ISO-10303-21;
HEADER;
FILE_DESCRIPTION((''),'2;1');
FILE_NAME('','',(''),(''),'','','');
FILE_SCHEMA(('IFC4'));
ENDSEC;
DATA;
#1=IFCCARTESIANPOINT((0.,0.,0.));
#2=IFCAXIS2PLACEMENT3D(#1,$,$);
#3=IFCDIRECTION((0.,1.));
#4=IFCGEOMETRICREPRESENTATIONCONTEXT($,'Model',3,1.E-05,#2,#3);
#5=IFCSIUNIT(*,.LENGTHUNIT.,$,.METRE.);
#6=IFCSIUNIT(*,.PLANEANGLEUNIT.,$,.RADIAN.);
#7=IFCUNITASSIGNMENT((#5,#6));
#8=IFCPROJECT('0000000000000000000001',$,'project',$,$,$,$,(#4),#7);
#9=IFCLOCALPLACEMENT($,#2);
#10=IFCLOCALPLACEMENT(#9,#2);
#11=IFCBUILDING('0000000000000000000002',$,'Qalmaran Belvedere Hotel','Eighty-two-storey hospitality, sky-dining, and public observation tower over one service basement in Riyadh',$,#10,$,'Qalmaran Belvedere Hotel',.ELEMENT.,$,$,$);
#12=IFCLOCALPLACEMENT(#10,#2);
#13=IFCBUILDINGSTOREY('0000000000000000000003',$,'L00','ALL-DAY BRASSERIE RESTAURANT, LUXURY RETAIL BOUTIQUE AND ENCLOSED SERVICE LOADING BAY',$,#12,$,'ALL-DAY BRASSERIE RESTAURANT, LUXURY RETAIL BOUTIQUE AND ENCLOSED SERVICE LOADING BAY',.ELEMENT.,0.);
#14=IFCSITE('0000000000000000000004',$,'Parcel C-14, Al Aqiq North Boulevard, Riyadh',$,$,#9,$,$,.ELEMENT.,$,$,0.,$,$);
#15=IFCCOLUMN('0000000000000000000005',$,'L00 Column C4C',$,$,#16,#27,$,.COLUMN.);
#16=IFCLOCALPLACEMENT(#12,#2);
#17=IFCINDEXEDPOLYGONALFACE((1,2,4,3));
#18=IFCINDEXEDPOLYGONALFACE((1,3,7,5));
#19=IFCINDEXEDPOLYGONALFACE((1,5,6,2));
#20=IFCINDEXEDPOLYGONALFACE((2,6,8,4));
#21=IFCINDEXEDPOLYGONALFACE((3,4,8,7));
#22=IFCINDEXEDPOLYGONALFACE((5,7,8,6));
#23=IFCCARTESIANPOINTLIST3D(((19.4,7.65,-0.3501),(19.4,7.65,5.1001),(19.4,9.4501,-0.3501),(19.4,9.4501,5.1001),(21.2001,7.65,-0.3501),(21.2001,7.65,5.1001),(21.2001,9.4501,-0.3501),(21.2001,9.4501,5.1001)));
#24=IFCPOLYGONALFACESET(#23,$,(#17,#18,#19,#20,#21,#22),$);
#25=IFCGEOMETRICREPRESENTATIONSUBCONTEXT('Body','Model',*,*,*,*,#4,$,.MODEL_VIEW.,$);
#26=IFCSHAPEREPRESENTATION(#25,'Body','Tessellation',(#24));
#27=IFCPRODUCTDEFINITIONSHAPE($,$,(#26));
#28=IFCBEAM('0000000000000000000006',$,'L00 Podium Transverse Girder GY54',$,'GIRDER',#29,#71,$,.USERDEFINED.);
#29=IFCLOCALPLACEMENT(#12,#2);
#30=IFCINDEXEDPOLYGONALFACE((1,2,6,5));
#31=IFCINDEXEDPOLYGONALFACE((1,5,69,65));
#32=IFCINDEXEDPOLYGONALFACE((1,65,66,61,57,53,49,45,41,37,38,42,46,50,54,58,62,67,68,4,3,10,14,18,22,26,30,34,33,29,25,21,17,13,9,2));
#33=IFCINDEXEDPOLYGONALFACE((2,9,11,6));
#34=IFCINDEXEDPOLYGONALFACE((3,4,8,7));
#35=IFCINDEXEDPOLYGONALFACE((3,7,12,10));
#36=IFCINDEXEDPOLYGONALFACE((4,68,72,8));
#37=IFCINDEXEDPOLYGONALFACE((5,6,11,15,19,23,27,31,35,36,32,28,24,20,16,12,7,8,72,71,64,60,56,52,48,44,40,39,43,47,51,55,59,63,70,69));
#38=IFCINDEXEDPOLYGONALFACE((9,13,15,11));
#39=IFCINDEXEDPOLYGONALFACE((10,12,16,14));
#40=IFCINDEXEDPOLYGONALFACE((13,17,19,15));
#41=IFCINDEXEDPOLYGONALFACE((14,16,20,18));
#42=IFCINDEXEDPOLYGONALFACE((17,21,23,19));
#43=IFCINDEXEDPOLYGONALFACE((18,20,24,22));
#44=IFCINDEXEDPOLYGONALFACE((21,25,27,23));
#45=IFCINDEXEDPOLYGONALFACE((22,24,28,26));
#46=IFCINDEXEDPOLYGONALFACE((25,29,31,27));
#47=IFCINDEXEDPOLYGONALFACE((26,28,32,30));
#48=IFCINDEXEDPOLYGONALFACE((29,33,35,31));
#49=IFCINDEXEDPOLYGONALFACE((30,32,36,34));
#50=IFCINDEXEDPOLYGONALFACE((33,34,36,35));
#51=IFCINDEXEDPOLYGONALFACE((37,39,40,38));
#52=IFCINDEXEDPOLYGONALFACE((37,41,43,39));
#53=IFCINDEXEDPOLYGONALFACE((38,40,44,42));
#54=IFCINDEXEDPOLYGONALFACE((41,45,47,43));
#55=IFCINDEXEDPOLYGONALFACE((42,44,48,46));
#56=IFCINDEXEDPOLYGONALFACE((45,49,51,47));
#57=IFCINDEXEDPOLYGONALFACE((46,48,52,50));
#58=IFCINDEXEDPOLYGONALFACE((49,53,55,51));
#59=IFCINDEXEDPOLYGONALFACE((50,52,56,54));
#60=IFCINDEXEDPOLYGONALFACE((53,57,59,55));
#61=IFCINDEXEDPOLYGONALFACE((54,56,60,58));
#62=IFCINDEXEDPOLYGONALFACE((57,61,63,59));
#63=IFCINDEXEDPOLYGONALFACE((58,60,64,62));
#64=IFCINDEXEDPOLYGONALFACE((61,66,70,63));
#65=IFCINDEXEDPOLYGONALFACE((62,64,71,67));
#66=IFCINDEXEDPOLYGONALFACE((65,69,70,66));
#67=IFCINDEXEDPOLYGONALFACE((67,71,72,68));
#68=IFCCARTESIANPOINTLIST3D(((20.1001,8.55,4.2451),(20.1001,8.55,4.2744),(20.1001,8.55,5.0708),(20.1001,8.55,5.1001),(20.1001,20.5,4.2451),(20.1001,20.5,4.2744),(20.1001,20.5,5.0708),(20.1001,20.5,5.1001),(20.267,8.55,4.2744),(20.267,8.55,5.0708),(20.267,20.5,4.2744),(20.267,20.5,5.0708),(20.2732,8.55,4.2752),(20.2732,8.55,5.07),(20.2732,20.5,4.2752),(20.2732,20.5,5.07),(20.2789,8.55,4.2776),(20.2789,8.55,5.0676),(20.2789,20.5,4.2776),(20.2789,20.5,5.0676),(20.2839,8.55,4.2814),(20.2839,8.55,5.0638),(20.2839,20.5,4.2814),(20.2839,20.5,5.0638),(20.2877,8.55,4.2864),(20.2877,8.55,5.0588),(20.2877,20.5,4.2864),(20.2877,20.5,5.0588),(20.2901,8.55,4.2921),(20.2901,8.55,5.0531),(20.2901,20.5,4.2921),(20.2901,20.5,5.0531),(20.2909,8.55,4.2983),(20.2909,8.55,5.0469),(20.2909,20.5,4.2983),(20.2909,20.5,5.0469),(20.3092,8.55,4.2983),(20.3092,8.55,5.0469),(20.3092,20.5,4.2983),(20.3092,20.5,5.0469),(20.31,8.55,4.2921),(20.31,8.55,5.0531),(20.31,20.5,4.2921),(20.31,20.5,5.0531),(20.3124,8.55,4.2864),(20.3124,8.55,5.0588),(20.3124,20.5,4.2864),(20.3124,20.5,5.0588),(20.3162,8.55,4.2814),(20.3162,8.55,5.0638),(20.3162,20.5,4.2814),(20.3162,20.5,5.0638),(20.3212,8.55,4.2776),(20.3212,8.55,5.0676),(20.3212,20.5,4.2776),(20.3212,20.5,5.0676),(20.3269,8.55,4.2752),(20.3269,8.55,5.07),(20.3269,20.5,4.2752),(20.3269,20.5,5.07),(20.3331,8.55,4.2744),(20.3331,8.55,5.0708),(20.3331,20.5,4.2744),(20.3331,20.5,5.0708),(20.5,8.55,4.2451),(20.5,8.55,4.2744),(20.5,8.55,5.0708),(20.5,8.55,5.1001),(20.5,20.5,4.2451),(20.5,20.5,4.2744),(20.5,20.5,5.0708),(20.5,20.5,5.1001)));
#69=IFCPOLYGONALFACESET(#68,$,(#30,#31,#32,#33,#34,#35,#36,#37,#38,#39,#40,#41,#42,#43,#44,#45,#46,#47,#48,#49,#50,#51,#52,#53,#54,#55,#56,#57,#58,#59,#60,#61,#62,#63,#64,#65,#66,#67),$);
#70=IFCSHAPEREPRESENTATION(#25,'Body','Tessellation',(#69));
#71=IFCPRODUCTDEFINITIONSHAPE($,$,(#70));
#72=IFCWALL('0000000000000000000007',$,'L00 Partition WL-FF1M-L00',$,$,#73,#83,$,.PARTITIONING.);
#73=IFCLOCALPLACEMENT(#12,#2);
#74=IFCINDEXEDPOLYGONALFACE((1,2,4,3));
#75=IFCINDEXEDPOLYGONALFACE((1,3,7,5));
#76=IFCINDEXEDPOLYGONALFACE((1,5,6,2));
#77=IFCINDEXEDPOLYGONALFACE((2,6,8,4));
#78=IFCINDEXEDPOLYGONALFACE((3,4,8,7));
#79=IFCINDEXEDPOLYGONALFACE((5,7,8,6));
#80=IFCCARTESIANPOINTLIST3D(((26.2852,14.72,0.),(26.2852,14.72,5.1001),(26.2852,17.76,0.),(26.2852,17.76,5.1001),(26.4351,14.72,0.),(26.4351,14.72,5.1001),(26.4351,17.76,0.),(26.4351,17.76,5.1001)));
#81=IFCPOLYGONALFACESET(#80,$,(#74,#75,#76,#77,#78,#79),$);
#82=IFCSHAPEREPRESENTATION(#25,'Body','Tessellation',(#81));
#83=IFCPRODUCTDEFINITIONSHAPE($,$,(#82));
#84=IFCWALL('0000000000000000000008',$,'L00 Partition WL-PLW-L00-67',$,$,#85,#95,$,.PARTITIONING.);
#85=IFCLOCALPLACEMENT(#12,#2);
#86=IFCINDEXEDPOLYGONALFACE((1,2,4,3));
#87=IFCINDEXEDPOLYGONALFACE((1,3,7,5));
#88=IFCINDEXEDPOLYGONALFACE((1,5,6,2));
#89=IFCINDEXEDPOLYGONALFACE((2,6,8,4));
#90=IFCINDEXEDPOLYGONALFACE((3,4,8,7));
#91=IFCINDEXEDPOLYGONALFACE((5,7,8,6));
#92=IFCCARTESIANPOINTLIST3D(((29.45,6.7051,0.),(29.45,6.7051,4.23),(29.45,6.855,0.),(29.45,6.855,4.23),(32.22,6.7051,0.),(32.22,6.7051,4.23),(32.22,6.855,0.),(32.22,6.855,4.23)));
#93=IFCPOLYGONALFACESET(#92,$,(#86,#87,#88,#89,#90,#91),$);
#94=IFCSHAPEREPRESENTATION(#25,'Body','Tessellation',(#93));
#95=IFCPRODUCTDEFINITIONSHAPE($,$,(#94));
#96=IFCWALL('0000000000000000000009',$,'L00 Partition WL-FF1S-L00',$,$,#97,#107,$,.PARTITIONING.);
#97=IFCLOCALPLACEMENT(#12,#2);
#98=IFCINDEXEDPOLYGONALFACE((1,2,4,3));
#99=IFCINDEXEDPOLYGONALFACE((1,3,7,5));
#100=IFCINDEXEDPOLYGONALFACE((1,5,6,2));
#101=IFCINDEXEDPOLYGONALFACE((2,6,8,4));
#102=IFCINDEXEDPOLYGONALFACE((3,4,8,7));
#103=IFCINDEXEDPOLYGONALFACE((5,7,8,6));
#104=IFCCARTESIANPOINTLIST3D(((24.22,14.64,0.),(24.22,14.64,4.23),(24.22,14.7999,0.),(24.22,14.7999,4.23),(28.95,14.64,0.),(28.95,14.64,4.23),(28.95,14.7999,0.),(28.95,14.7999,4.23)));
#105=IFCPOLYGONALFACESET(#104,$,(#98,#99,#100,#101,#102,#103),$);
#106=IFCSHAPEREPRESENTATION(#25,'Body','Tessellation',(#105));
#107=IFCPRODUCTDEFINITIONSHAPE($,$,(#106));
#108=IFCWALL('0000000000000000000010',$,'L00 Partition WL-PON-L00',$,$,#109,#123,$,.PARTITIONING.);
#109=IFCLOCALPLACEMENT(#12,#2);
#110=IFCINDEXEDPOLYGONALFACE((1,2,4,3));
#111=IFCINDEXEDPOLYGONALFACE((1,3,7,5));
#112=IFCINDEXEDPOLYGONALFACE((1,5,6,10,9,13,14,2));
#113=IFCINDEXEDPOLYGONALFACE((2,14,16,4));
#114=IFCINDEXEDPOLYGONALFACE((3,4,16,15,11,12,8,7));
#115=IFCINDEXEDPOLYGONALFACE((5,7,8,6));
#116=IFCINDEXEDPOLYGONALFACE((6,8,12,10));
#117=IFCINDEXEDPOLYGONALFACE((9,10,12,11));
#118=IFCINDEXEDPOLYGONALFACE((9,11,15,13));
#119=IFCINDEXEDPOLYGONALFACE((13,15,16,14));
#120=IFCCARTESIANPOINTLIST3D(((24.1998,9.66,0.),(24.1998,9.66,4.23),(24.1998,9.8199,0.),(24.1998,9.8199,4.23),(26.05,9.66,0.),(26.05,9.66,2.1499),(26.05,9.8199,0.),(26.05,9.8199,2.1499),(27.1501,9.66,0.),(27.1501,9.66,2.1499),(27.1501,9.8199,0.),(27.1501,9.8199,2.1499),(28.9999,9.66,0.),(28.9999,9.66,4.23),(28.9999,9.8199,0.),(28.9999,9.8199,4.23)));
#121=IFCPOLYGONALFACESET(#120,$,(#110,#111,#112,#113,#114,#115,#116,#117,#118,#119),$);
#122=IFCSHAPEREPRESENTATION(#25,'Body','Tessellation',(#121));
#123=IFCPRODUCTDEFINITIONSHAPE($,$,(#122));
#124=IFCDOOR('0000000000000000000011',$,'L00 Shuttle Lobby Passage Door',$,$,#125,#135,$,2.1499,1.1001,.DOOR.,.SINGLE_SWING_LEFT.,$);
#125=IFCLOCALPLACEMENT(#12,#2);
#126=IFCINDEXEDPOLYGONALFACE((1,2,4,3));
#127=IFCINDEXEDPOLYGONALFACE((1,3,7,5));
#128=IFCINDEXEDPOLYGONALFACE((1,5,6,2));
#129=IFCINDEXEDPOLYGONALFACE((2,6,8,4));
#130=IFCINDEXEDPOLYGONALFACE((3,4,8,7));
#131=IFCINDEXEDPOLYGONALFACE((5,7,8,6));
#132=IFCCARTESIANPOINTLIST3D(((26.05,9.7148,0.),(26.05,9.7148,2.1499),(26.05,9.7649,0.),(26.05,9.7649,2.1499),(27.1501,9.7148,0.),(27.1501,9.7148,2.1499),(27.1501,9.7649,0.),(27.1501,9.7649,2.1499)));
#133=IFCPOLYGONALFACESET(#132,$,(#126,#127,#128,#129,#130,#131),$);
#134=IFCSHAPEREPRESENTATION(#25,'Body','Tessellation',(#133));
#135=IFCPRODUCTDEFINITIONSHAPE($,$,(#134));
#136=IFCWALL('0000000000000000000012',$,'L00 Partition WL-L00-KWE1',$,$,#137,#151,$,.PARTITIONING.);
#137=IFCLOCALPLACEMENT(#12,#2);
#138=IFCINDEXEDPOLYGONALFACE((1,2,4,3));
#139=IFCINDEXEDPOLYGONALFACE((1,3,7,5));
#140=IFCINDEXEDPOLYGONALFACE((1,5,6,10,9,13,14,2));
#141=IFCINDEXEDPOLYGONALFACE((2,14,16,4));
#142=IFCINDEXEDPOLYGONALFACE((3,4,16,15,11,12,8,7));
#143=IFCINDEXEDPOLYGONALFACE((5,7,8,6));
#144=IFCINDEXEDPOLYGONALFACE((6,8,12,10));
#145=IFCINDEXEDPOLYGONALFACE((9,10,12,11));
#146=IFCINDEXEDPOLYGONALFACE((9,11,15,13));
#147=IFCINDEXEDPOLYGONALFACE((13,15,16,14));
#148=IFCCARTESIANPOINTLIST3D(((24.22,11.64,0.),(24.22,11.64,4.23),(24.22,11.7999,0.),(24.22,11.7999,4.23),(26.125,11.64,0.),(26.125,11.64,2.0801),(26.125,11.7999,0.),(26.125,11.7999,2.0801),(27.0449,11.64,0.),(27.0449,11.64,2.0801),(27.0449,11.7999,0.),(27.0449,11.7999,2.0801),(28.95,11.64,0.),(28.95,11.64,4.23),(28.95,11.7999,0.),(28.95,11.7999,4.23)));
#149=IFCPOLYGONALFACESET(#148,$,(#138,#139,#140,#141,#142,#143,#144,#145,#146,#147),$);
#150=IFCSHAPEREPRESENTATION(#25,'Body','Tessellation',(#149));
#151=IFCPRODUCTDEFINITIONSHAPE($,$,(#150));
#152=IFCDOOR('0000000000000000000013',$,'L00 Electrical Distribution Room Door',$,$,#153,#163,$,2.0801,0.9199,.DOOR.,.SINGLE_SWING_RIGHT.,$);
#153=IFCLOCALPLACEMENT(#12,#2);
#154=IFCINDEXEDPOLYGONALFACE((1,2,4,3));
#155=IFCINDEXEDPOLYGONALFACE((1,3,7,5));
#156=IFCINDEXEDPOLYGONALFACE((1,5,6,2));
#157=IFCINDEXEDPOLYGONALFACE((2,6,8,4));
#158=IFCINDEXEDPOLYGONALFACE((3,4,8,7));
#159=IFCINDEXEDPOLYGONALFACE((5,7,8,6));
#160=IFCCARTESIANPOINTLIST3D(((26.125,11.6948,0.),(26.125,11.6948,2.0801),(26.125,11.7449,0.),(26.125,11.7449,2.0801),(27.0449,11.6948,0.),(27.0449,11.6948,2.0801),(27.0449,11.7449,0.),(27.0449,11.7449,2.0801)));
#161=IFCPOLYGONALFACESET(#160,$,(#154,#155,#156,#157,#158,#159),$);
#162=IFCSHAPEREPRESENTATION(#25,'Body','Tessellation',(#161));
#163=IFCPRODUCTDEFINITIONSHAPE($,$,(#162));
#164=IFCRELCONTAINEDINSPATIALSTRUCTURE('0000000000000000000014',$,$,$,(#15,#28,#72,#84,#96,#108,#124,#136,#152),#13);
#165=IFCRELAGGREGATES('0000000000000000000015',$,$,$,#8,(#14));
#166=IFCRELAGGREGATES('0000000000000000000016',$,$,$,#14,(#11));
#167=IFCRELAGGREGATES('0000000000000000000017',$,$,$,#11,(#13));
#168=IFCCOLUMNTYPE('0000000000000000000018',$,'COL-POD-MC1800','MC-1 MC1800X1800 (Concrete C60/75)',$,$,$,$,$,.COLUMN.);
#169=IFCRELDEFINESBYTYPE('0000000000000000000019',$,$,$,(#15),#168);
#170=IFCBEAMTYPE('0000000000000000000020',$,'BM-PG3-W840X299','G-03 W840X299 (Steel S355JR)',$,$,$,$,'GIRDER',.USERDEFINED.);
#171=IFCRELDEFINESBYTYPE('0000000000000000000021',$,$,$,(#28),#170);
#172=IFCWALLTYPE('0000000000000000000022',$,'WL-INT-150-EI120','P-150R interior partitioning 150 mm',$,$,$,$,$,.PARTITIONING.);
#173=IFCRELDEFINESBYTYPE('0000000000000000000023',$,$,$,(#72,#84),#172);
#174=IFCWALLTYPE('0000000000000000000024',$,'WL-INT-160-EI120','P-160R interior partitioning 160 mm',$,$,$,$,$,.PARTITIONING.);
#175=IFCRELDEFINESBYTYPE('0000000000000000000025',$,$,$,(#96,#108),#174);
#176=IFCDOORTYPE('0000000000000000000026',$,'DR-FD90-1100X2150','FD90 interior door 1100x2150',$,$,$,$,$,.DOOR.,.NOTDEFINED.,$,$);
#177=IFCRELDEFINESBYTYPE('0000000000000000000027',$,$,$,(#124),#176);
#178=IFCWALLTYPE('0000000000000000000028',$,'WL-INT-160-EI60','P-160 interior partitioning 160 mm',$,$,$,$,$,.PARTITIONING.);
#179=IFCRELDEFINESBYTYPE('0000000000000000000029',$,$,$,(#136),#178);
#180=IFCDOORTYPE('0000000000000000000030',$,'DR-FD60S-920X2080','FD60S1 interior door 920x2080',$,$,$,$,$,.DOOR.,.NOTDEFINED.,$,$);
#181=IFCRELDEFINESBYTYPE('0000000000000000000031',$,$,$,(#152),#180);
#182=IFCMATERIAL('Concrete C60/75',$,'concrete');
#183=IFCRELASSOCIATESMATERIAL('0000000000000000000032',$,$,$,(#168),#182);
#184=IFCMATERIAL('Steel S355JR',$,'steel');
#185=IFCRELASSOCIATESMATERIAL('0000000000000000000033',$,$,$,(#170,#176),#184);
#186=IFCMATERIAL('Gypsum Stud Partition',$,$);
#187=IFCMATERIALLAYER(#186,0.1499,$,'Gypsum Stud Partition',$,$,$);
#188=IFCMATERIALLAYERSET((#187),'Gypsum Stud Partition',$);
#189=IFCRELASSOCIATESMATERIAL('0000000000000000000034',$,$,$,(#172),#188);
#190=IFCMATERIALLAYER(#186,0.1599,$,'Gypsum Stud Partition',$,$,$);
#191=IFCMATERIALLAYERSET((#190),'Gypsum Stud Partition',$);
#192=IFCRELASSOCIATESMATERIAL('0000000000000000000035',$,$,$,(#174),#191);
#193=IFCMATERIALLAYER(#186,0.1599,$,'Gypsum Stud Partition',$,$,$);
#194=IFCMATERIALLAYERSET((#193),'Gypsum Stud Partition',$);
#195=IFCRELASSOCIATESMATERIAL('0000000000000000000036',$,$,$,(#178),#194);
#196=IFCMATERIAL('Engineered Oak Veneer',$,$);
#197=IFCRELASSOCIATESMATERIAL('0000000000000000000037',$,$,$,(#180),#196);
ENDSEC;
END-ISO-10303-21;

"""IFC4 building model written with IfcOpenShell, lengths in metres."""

from ifc_helpers import new_model, si_unit, direction, frame, frame_2d, origin, origin_2d, place, context, subcontext, project, spatial, rectangle, i_section, extrude, material, layer, layer_set, material_profile, profile_set, type_object, element, fill, save


model = new_model("IFC4")

# Units and contexts
model_context = context("Model", 3, precision=1e-05, world=origin(), true_north=direction((0.0, 1.0)))
body_context = subcontext(model_context, "Body", "Model", "MODEL_VIEW")
ifc_project = project(units=[si_unit("LENGTHUNIT", "METRE"), si_unit("PLANEANGLEUNIT", "RADIAN")], contexts=[model_context])

# Site, building, storey
site_placement = place(None, origin())
site = spatial("IfcSite", under=ifc_project, at=site_placement, Name="Parcel C-14, Al Aqiq North Boulevard, Riyadh", CompositionType="ELEMENT", RefElevation=0.0)
building_placement = place(site_placement, origin())
building = spatial("IfcBuilding", under=site, at=building_placement, Name="Qalmaran Belvedere Hotel", Description="Eighty-two-storey hospitality, sky-dining, and public observation tower over one service basement in Riyadh", LongName="Qalmaran Belvedere Hotel", CompositionType="ELEMENT")
storey_placement = place(building_placement, origin())
storey = spatial("IfcBuildingStorey", under=building, at=storey_placement, Name="L00", Description="ALL-DAY BRASSERIE RESTAURANT, LUXURY RETAIL BOUTIQUE AND ENCLOSED SERVICE LOADING BAY", LongName="ALL-DAY BRASSERIE RESTAURANT, LUXURY RETAIL BOUTIQUE AND ENCLOSED SERVICE LOADING BAY", CompositionType="ELEMENT", Elevation=0.0)

# Column
ifc_material_1 = material(Name="Concrete C60/75", Category="concrete")
ifc_material_profile_1 = material_profile(ifc_material_1, rectangle(XDim=1.8, YDim=1.8, at=origin_2d()), Name="MC1800X1800")
ifc_profile_set_1 = profile_set([ifc_material_profile_1], Name="Concrete C60/75")
column_type = type_object("IfcColumnType", Name="COL-POD-MC1800", Description="MC-1 MC1800X1800 (Concrete C60/75)", PredefinedType="COLUMN", material=ifc_profile_set_1)
column_placement = place(storey_placement, frame((20.3, 8.55, -0.3501), z_axis=(0.0, 0.0, 1.0), x_axis=(1.0, 0.0, 0.0)))
element("IfcColumn", 1, at=column_placement, inside=storey, type_object=column_type, Name="L00 Column C4C", PredefinedType="COLUMN", context=body_context, shape_type="SweptSolid", body=[
    extrude(rectangle(XDim=1.8, YDim=1.8, at=origin_2d()), origin(), (0.0, 0.0, 1.0), 5.4502),
])

# Beam
ifc_material_2 = material(Name="Steel S355JR", Category="steel")
ifc_material_profile_2 = material_profile(ifc_material_2, i_section(OverallWidth=0.3999, OverallDepth=0.855, WebThickness=0.0183, FlangeThickness=0.0293, FilletRadius=0.0239, at=origin_2d()), Name="W840X299")
ifc_profile_set_2 = profile_set([ifc_material_profile_2], Name="Steel S355JR")
beam_type = type_object("IfcBeamType", Name="BM-PG3-W840X299", Description="G-03 W840X299 (Steel S355JR)", ElementType="GIRDER", PredefinedType="USERDEFINED", material=ifc_profile_set_2)
beam_placement = place(storey_placement, frame((20.3, 8.55, 4.6726), z_axis=(0.0, 1.0, 0.0), x_axis=(-1.0, 0.0, 0.0)))
element("IfcBeam", 2, at=beam_placement, inside=storey, type_object=beam_type, Name="L00 Podium Transverse Girder GY54", ObjectType="GIRDER", PredefinedType="USERDEFINED", context=body_context, shape_type="SweptSolid", body=[
    extrude(i_section(OverallWidth=0.3999, OverallDepth=0.855, WebThickness=0.0183, FlangeThickness=0.0293, FilletRadius=0.0239, at=origin_2d()), origin(), (0.0, 0.0, 1.0), 11.95),
])

# Walls
ifc_material_3 = material(Name="Gypsum Stud Partition")
ifc_layer_1 = layer(ifc_material_3, 0.1499, Name="Gypsum Stud Partition")
ifc_layer_set_1 = layer_set([ifc_layer_1], Name="Gypsum Stud Partition")
wall_type_1 = type_object("IfcWallType", Name="WL-INT-150-EI120", Description="P-150R interior partitioning 150 mm", PredefinedType="PARTITIONING", material=ifc_layer_set_1)
wall_1_placement = place(storey_placement, frame((26.3601, 14.72, 0.0), z_axis=(0.0, 0.0, 1.0), x_axis=(0.0, 1.0, 0.0)))
element("IfcWall", 3, at=wall_1_placement, inside=storey, type_object=wall_type_1, Name="L00 Partition WL-FF1M-L00", PredefinedType="PARTITIONING", context=body_context, shape_type="SweptSolid", body=[
    extrude(rectangle(XDim=3.04, YDim=0.1499, at=frame_2d((1.52, 0.0))), origin(), (0.0, 0.0, 1.0), 5.1001),
])
wall_2_placement = place(storey_placement, frame((29.45, 6.78, 0.0), z_axis=(0.0, 0.0, 1.0), x_axis=(1.0, 0.0, 0.0)))
element("IfcWall", 4, at=wall_2_placement, inside=storey, type_object=wall_type_1, Name="L00 Partition WL-PLW-L00-67", PredefinedType="PARTITIONING", context=body_context, shape_type="SweptSolid", body=[
    extrude(rectangle(XDim=2.77, YDim=0.1499, at=frame_2d((1.385, 0.0))), origin(), (0.0, 0.0, 1.0), 4.23),
])
ifc_layer_2 = layer(ifc_material_3, 0.1599, Name="Gypsum Stud Partition")
ifc_layer_set_2 = layer_set([ifc_layer_2], Name="Gypsum Stud Partition")
wall_type_2 = type_object("IfcWallType", Name="WL-INT-160-EI120", Description="P-160R interior partitioning 160 mm", PredefinedType="PARTITIONING", material=ifc_layer_set_2)
wall_3_placement = place(storey_placement, frame((24.22, 14.72, 0.0), z_axis=(0.0, 0.0, 1.0), x_axis=(1.0, 0.0, 0.0)))
element("IfcWall", 5, at=wall_3_placement, inside=storey, type_object=wall_type_2, Name="L00 Partition WL-FF1S-L00", PredefinedType="PARTITIONING", context=body_context, shape_type="SweptSolid", body=[
    extrude(rectangle(XDim=4.73, YDim=0.1599, at=frame_2d((2.365, 0.0))), origin(), (0.0, 0.0, 1.0), 4.23),
])

# Walls, openings, doors
wall_4_placement = place(storey_placement, frame((24.2, 9.74, 0.0), z_axis=(0.0, 0.0, 1.0), x_axis=(1.0, 0.0, 0.0)))
wall_4 = element("IfcWall", 6, at=wall_4_placement, inside=storey, type_object=wall_type_2, Name="L00 Partition WL-PON-L00", PredefinedType="PARTITIONING", context=body_context, shape_type="SweptSolid", body=[
    extrude(rectangle(XDim=4.8, YDim=0.1599, at=frame_2d((2.3999, 0.0))), origin(), (0.0, 0.0, 1.0), 4.23),
])
opening_1_placement = place(wall_4_placement, frame((1.8501, 0.0, 0.0)))
opening_1 = element("IfcOpeningElement", 7, at=opening_1_placement, cuts=wall_4, PredefinedType="OPENING", context=body_context, shape_type="SweptSolid", body=[
    extrude(rectangle(XDim=1.1001, YDim=2.1499, at=frame_2d((0.55, 1.075))), frame((0.0, 0.0898, 0.0), z_axis=(0.0, -1.0, 0.0), x_axis=(1.0, 0.0, 0.0)), (0.0, 0.0, 1.0), 0.1799),
])
door_type_1 = type_object("IfcDoorType", Name="DR-FD90-1100X2150", Description="FD90 interior door 1100x2150", OperationType="NOTDEFINED", PredefinedType="DOOR", material=ifc_material_2)
door_1_placement = place(opening_1_placement, origin())
door_1 = element("IfcDoor", 8, at=door_1_placement, inside=storey, type_object=door_type_1, Name="L00 Shuttle Lobby Passage Door", OperationType="SINGLE_SWING_LEFT", OverallHeight=2.1499, OverallWidth=1.1001, PredefinedType="DOOR", context=body_context, shape_type="SweptSolid", body=[
    extrude(rectangle(XDim=1.1001, YDim=2.1499, at=frame_2d((0.55, 1.075))), frame((0.0, 0.0249, 0.0), z_axis=(0.0, -1.0, 0.0), x_axis=(1.0, 0.0, 0.0)), (0.0, 0.0, 1.0), 0.05),
])
fill(opening_1, door_1)
ifc_layer_3 = layer(ifc_material_3, 0.1599, Name="Gypsum Stud Partition")
ifc_layer_set_3 = layer_set([ifc_layer_3], Name="Gypsum Stud Partition")
wall_type_3 = type_object("IfcWallType", Name="WL-INT-160-EI60", Description="P-160 interior partitioning 160 mm", PredefinedType="PARTITIONING", material=ifc_layer_set_3)
wall_5_placement = place(storey_placement, frame((24.22, 11.72, 0.0), z_axis=(0.0, 0.0, 1.0), x_axis=(1.0, 0.0, 0.0)))
wall_5 = element("IfcWall", 9, at=wall_5_placement, inside=storey, type_object=wall_type_3, Name="L00 Partition WL-L00-KWE1", PredefinedType="PARTITIONING", context=body_context, shape_type="SweptSolid", body=[
    extrude(rectangle(XDim=4.73, YDim=0.1599, at=frame_2d((2.365, 0.0))), origin(), (0.0, 0.0, 1.0), 4.23),
])
opening_2_placement = place(wall_5_placement, frame((1.905, 0.0, 0.0)))
opening_2 = element("IfcOpeningElement", 10, at=opening_2_placement, cuts=wall_5, PredefinedType="OPENING", context=body_context, shape_type="SweptSolid", body=[
    extrude(rectangle(XDim=0.9199, YDim=2.0801, at=frame_2d((0.46, 1.04))), frame((0.0, 0.0898, 0.0), z_axis=(0.0, -1.0, 0.0), x_axis=(1.0, 0.0, 0.0)), (0.0, 0.0, 1.0), 0.1799),
])
ifc_material_4 = material(Name="Engineered Oak Veneer")
door_type_2 = type_object("IfcDoorType", Name="DR-FD60S-920X2080", Description="FD60S1 interior door 920x2080", OperationType="NOTDEFINED", PredefinedType="DOOR", material=ifc_material_4)
door_2_placement = place(opening_2_placement, origin())
door_2 = element("IfcDoor", 11, at=door_2_placement, inside=storey, type_object=door_type_2, Name="L00 Electrical Distribution Room Door", OperationType="SINGLE_SWING_RIGHT", OverallHeight=2.0801, OverallWidth=0.9199, PredefinedType="DOOR", context=body_context, shape_type="SweptSolid", body=[
    extrude(rectangle(XDim=0.9199, YDim=2.0801, at=frame_2d((0.46, 1.04))), frame((0.0, 0.0249, 0.0), z_axis=(0.0, -1.0, 0.0), x_axis=(1.0, 0.0, 0.0)), (0.0, 0.0, 1.0), 0.05),
])
fill(opening_2, door_2)

save(model, "model.ifc")
